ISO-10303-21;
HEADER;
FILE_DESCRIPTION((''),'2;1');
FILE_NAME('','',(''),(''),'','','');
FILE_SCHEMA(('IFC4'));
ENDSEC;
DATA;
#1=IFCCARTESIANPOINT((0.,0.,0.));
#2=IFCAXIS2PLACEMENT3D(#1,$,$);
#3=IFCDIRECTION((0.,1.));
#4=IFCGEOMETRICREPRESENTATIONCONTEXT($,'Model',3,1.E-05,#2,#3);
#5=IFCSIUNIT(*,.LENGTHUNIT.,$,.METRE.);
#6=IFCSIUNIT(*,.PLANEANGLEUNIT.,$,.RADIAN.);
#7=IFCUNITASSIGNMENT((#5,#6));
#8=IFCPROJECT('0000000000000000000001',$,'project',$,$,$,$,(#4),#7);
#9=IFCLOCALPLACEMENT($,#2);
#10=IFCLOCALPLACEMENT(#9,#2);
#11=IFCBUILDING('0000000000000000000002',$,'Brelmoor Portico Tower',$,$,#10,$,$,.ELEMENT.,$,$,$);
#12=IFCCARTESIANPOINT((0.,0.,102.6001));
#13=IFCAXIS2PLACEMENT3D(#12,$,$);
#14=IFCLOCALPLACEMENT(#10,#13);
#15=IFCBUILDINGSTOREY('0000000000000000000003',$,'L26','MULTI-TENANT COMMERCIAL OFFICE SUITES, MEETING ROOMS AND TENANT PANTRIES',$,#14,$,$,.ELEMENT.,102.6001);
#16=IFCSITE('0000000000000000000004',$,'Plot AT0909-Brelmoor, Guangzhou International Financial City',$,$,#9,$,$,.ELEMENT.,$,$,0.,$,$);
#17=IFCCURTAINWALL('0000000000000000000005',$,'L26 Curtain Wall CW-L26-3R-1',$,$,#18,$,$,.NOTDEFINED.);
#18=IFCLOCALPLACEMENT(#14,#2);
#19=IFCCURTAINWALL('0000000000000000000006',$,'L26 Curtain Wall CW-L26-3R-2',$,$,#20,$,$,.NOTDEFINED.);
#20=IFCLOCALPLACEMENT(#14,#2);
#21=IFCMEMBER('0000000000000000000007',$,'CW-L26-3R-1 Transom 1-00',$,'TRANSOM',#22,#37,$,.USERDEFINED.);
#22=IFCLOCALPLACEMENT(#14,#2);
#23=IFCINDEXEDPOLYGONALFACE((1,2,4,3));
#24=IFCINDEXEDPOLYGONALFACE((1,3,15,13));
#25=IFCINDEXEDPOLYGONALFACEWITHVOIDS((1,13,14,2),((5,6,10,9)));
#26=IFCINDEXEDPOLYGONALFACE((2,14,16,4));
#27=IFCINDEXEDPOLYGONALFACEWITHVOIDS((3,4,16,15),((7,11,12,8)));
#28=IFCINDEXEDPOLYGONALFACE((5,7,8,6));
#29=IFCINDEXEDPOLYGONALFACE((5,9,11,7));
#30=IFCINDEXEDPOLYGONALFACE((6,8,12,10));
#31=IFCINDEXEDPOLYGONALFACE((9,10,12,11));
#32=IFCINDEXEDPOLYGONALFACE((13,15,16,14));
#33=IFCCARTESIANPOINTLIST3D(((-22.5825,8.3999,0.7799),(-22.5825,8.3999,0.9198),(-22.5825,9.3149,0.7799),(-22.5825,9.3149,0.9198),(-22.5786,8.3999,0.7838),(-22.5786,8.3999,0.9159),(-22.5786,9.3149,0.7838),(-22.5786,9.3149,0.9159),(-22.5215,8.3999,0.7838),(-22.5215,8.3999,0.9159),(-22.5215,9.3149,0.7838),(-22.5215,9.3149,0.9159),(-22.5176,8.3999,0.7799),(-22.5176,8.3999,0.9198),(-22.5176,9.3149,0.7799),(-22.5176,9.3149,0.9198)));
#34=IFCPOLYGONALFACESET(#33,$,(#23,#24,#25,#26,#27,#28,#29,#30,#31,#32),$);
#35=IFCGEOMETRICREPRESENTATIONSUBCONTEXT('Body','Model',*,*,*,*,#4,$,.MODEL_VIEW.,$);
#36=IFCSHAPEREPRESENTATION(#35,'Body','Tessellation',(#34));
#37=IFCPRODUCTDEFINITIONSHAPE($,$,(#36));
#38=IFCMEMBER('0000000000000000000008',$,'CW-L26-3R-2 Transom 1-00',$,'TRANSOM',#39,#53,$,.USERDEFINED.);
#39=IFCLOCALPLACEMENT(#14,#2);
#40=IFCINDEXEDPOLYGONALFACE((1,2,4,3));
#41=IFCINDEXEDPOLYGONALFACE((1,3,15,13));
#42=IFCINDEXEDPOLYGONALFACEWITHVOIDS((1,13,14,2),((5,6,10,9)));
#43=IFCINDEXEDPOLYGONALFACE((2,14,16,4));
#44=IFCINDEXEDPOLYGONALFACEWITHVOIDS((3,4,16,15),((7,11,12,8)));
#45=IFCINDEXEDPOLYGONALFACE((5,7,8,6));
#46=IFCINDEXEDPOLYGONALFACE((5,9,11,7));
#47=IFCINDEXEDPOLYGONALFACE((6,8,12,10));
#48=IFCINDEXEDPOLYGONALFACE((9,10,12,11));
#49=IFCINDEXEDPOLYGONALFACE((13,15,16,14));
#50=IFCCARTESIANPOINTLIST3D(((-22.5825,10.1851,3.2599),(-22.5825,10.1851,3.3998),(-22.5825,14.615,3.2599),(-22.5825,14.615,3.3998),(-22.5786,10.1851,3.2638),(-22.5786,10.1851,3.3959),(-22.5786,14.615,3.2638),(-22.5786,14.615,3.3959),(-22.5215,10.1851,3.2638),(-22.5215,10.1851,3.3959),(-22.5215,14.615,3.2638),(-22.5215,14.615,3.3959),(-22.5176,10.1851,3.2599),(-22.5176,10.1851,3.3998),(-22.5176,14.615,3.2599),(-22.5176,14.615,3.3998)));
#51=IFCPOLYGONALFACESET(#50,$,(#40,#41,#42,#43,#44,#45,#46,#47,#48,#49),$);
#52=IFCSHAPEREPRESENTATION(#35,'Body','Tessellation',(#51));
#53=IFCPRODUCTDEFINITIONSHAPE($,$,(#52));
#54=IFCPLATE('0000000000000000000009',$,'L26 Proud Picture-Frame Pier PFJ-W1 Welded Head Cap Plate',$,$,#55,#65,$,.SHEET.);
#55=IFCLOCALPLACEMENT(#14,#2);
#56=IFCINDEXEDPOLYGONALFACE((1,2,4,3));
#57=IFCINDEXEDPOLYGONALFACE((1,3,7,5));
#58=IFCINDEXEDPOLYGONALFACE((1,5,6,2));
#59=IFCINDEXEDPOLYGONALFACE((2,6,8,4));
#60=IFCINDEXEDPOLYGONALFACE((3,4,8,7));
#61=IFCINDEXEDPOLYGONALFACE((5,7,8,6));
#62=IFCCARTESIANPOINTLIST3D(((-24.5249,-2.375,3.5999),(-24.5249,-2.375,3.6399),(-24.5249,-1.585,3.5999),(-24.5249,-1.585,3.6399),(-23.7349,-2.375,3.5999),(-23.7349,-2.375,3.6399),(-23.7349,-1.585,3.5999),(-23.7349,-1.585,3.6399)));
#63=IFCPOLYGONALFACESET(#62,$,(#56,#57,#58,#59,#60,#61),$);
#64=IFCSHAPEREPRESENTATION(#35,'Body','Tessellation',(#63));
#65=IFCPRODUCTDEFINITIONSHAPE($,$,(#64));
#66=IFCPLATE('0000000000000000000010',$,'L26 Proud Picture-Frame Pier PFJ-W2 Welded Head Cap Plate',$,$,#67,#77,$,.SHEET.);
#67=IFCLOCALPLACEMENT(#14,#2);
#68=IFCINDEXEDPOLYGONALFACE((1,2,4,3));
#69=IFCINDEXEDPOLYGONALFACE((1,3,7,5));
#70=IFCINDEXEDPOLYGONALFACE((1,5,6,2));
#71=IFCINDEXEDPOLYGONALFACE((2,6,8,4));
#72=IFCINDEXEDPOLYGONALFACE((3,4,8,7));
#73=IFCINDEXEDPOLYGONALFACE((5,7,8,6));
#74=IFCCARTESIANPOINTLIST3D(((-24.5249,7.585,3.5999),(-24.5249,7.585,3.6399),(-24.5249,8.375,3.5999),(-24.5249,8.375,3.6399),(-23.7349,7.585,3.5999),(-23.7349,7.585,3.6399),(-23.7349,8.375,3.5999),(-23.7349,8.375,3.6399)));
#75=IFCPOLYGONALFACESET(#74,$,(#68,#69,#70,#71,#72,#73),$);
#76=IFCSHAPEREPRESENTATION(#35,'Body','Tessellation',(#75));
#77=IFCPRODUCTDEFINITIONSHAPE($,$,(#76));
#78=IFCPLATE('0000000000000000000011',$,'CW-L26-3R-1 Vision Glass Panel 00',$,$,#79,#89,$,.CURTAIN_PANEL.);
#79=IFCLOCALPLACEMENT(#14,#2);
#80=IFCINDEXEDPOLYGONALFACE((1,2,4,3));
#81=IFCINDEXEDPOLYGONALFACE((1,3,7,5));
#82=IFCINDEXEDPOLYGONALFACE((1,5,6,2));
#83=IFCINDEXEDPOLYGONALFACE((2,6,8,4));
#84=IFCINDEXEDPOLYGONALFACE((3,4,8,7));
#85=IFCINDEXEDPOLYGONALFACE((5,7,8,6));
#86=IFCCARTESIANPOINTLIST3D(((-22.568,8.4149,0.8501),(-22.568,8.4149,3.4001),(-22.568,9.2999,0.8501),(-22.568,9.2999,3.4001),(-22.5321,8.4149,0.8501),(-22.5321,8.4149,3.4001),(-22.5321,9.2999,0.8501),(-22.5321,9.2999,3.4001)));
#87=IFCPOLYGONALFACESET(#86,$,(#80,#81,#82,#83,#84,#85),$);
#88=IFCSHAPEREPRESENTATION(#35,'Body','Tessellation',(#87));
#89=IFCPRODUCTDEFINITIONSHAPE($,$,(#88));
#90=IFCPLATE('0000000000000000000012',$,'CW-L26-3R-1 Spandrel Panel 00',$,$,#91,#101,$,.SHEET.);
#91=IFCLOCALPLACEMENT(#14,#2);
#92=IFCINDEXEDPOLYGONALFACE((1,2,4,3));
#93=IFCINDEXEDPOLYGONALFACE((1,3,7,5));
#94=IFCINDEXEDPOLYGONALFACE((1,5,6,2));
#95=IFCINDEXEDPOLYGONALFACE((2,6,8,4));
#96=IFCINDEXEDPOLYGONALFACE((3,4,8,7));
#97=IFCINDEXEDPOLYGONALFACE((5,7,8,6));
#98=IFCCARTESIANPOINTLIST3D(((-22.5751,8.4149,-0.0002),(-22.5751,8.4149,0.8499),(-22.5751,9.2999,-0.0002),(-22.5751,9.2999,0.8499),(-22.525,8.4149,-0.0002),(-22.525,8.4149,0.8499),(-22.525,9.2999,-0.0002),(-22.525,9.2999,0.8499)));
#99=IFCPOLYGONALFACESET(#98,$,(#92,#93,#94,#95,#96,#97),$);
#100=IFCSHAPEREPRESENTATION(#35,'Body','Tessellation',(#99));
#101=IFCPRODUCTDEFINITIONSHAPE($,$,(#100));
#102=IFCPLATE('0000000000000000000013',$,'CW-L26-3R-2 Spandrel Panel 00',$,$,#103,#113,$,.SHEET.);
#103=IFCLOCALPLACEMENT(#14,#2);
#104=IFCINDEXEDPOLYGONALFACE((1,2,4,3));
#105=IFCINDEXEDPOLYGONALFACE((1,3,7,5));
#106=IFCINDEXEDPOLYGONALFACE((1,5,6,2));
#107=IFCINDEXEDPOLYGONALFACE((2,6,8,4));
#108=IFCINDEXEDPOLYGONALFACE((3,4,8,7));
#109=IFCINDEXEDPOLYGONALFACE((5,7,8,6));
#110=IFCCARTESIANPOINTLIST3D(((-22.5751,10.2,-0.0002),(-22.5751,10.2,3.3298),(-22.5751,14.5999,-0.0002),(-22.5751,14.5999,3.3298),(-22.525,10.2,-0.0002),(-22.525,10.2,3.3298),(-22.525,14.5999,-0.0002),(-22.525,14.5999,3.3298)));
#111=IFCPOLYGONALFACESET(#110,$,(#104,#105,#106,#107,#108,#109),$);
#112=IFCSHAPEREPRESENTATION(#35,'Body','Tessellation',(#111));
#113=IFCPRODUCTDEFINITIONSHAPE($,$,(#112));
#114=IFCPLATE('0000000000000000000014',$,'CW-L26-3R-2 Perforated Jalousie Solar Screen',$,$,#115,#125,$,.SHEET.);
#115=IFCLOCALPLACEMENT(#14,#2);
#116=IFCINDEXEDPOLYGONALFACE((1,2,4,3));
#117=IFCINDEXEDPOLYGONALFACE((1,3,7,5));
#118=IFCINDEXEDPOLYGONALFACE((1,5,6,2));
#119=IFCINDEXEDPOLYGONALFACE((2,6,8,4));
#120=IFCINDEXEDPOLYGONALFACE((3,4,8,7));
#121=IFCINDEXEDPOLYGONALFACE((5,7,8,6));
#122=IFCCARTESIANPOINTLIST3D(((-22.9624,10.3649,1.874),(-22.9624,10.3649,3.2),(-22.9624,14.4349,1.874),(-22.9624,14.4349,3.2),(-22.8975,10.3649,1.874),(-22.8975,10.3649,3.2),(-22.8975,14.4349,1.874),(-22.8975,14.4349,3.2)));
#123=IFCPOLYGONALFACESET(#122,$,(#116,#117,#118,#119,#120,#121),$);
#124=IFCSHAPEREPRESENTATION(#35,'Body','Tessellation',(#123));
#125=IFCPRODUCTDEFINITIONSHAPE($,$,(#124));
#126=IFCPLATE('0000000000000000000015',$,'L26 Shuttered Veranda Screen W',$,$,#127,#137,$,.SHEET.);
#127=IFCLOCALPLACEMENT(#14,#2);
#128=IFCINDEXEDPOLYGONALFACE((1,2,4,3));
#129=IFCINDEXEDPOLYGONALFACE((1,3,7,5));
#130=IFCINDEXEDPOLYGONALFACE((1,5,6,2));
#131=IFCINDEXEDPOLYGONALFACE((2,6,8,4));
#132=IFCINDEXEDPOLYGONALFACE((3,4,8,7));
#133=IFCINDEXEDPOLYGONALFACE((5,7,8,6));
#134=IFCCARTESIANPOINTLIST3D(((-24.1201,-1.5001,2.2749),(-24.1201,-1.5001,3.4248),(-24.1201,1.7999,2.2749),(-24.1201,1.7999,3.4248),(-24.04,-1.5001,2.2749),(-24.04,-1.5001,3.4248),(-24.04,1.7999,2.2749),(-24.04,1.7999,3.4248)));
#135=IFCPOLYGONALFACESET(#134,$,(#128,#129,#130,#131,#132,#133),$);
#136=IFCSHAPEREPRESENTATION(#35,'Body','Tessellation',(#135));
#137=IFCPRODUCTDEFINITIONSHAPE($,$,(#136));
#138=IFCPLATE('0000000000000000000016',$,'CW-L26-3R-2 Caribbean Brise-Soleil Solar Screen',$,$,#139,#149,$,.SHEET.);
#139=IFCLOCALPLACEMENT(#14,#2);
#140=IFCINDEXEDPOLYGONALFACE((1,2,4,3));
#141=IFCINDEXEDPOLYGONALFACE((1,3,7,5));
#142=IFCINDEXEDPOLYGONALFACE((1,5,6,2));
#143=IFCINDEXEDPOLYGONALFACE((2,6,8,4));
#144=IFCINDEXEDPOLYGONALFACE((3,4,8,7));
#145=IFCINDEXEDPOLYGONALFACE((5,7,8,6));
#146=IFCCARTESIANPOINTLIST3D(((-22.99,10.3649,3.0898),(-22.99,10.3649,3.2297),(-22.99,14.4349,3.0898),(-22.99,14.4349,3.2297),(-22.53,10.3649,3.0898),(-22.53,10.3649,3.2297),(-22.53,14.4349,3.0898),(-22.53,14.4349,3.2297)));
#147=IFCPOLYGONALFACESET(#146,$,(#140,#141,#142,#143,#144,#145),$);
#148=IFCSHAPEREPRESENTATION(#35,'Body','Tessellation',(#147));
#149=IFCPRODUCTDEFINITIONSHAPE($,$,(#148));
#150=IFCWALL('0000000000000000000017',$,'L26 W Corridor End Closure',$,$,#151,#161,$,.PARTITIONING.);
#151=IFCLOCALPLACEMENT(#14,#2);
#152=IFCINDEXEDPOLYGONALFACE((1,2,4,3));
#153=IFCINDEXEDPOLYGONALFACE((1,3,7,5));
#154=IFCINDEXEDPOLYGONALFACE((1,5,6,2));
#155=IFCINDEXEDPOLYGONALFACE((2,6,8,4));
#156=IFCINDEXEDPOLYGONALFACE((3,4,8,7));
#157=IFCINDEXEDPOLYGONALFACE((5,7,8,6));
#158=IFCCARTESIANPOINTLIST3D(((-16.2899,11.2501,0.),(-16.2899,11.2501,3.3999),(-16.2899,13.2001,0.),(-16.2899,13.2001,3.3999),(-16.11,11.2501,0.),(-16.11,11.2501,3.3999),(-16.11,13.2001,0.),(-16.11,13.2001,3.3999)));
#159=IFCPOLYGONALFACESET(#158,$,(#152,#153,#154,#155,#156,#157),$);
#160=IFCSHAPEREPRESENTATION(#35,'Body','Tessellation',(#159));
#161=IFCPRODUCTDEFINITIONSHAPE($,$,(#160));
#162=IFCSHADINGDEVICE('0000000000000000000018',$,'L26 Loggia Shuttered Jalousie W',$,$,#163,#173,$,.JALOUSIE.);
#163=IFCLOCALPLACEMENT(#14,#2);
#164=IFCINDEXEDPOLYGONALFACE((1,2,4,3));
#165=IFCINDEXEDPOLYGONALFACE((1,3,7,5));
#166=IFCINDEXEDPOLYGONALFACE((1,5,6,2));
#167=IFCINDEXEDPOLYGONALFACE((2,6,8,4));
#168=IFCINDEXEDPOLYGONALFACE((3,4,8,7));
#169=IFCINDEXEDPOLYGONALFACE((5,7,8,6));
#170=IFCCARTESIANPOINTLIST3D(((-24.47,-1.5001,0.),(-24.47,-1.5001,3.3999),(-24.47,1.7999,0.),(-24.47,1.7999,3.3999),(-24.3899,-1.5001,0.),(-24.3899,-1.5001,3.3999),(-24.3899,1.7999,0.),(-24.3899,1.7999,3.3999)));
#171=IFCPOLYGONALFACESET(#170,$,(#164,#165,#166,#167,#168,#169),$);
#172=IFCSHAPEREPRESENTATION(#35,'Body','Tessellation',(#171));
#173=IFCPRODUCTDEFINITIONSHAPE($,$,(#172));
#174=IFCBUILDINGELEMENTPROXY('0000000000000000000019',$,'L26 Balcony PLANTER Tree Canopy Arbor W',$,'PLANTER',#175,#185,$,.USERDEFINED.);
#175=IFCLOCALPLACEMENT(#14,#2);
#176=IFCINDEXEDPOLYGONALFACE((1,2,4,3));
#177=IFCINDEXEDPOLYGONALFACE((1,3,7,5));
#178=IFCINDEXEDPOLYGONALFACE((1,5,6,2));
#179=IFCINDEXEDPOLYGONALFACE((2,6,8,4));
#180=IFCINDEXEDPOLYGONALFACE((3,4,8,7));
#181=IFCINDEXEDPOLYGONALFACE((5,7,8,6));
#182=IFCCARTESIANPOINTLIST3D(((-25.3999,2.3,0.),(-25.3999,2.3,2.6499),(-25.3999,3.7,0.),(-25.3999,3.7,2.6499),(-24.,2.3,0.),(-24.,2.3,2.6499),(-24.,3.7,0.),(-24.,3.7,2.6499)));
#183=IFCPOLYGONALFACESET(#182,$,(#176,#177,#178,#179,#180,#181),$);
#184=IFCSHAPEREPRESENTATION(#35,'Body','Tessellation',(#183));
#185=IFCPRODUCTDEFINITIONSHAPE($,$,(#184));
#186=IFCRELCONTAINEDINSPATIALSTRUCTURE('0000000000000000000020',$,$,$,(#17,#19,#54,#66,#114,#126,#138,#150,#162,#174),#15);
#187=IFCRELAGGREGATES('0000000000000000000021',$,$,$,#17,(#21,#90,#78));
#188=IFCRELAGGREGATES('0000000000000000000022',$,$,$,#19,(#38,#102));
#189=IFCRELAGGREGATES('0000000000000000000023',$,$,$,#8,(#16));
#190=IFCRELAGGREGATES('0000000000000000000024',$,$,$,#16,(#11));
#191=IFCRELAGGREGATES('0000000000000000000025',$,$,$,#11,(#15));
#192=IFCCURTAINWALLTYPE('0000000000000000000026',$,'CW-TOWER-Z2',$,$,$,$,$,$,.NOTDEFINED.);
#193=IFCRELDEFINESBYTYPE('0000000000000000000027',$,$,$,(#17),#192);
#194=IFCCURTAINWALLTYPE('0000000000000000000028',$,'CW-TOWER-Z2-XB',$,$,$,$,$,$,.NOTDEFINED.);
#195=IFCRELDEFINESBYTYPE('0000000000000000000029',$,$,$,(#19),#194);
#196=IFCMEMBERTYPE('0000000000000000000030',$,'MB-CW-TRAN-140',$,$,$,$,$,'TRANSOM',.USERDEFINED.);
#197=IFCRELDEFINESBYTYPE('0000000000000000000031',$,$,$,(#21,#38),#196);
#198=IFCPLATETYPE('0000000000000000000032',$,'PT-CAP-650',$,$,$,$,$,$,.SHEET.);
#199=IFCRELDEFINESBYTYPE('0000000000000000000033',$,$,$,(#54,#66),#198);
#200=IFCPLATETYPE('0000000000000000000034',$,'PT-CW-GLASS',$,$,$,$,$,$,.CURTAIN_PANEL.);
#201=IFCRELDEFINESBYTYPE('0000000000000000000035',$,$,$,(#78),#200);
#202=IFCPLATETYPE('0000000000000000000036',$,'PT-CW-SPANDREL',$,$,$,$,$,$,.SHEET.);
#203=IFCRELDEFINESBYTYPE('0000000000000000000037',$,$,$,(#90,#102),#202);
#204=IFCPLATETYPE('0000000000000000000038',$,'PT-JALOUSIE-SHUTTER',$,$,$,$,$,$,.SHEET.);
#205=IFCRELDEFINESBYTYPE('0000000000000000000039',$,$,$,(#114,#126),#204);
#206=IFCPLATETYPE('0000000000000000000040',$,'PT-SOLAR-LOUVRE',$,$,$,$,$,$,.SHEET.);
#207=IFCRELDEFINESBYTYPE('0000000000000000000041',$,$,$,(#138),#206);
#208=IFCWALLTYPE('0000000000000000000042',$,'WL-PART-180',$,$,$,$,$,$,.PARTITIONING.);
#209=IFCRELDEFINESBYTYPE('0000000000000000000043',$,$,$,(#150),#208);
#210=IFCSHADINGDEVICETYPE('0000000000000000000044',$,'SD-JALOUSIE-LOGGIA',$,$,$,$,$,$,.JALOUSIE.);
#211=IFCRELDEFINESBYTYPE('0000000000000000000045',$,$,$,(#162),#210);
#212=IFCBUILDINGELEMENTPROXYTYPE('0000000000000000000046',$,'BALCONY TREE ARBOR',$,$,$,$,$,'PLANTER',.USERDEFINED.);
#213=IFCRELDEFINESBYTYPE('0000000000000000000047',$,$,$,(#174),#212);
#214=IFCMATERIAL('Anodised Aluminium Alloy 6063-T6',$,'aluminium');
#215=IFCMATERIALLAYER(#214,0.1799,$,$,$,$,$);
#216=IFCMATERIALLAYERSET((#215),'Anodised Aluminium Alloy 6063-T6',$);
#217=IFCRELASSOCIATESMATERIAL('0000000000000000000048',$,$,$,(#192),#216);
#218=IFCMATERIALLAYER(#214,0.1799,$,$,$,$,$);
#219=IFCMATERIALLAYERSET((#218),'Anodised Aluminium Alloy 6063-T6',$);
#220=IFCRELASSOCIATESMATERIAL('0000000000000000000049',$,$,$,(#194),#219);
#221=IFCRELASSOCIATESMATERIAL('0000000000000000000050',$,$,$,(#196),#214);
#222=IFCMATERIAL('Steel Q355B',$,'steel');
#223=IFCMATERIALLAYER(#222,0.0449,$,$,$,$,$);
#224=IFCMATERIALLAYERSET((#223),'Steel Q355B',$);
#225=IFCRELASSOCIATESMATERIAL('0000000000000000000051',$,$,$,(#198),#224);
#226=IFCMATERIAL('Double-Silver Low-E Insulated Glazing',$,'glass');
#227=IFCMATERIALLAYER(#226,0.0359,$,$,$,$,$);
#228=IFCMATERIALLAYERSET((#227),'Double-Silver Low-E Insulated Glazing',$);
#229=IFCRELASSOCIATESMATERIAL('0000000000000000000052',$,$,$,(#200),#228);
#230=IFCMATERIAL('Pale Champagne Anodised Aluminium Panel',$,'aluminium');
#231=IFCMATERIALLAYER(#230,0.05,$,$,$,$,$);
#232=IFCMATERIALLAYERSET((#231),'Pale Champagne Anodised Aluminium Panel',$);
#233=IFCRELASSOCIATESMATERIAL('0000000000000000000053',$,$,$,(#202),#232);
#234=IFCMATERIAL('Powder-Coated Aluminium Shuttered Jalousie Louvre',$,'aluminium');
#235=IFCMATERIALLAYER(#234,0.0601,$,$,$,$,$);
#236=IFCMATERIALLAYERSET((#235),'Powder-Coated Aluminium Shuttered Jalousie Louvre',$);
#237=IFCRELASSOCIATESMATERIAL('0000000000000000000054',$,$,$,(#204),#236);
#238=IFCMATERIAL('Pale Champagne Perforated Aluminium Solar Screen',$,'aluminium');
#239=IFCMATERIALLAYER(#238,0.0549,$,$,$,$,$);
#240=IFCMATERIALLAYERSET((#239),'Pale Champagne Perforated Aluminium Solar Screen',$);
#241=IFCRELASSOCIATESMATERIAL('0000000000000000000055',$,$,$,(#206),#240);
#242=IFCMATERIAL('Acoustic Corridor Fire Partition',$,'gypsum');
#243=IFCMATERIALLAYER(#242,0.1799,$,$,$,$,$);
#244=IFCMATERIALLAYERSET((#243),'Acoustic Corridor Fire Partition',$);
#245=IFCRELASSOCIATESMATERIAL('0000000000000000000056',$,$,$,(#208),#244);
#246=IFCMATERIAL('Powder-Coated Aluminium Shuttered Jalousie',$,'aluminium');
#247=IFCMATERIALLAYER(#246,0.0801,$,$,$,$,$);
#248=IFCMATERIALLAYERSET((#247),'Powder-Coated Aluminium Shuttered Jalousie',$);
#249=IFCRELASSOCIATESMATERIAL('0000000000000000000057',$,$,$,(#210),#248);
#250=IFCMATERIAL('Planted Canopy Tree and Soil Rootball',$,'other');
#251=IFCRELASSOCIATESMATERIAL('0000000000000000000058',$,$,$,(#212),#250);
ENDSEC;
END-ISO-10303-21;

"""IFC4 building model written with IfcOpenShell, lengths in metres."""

from ifc_helpers import new_model, si_unit, direction, frame, frame_2d, origin, origin_2d, place, context, subcontext, project, spatial, rectangle, hollow_rectangle, extrude, material, layer, layer_set, material_profile, profile_set, type_object, element, aggregate, save


model = new_model("IFC4")

# Units and contexts
model_context = context("Model", 3, precision=1e-05, world=origin(), true_north=direction((0.0, 1.0)))
body_context = subcontext(model_context, "Body", "Model", "MODEL_VIEW")
ifc_project = project(units=[si_unit("LENGTHUNIT", "METRE"), si_unit("PLANEANGLEUNIT", "RADIAN")], contexts=[model_context])

# Site, building, storey
site_placement = place(None, origin())
site = spatial("IfcSite", under=ifc_project, at=site_placement, Name="Plot AT0909-Brelmoor, Guangzhou International Financial City", CompositionType="ELEMENT", RefElevation=0.0)
building_placement = place(site_placement, origin())
building = spatial("IfcBuilding", under=site, at=building_placement, Name="Brelmoor Portico Tower", CompositionType="ELEMENT")
storey_placement = place(building_placement, frame((0.0, 0.0, 102.6001)))
storey = spatial("IfcBuildingStorey", under=building, at=storey_placement, Name="L26", Description="MULTI-TENANT COMMERCIAL OFFICE SUITES, MEETING ROOMS AND TENANT PANTRIES", CompositionType="ELEMENT", Elevation=102.6001)

# Shared definitions
ifc_material_1 = material(Name="Steel Q355B", Category="steel")

# Curtain wall
ifc_material_2 = material(Name="Anodised Aluminium Alloy 6063-T6", Category="aluminium")
ifc_layer_1 = layer(ifc_material_2, 0.1799)
ifc_layer_set_1 = layer_set([ifc_layer_1], Name="Anodised Aluminium Alloy 6063-T6")
curtain_wall_type_1 = type_object("IfcCurtainWallType", Name="CW-TOWER-Z2", PredefinedType="NOTDEFINED", material=ifc_layer_set_1)
curtain_wall_1_placement = place(storey_placement, origin())
curtain_wall_1 = element("IfcCurtainWall", 1, at=curtain_wall_1_placement, inside=storey, type_object=curtain_wall_type_1, Name="L26 Curtain Wall CW-L26-3R-1", PredefinedType="NOTDEFINED")

# Curtain wall
ifc_layer_2 = layer(ifc_material_2, 0.1799)
ifc_layer_set_2 = layer_set([ifc_layer_2], Name="Anodised Aluminium Alloy 6063-T6")
curtain_wall_type_2 = type_object("IfcCurtainWallType", Name="CW-TOWER-Z2-XB", PredefinedType="NOTDEFINED", material=ifc_layer_set_2)
curtain_wall_2_placement = place(storey_placement, origin())
curtain_wall_2 = element("IfcCurtainWall", 2, at=curtain_wall_2_placement, inside=storey, type_object=curtain_wall_type_2, Name="L26 Curtain Wall CW-L26-3R-2", PredefinedType="NOTDEFINED")

# Members
ifc_material_profile_1 = material_profile(ifc_material_2, hollow_rectangle(XDim=0.0649, YDim=0.1399, WallThickness=0.0039, at=origin_2d()), Name="ALU TRANSOM 65x140")
ifc_profile_set_1 = profile_set([ifc_material_profile_1], Name="Anodised Aluminium Alloy 6063-T6")
member_type_1 = type_object("IfcMemberType", Name="MB-CW-TRAN-140", ElementType="TRANSOM", PredefinedType="USERDEFINED", material=ifc_profile_set_1)
member_1_placement = place(storey_placement, frame((-22.55, 8.3999, 0.8499), z_axis=(0.0, 1.0, 0.0), x_axis=(-1.0, 0.0, 0.0)))
member_1 = element("IfcMember", 3, at=member_1_placement, type_object=member_type_1, Name="CW-L26-3R-1 Transom 1-00", ObjectType="TRANSOM", PredefinedType="USERDEFINED", context=body_context, shape_type="SweptSolid", body=[
    extrude(hollow_rectangle(XDim=0.0649, YDim=0.1399, WallThickness=0.0039, at=origin_2d()), origin(), (0.0, 0.0, 1.0), 0.915),
])
member_2_placement = place(storey_placement, frame((-22.55, 10.1851, 3.3298), z_axis=(0.0, 1.0, 0.0), x_axis=(-1.0, 0.0, 0.0)))
member_2 = element("IfcMember", 4, at=member_2_placement, type_object=member_type_1, Name="CW-L26-3R-2 Transom 1-00", ObjectType="TRANSOM", PredefinedType="USERDEFINED", context=body_context, shape_type="SweptSolid", body=[
    extrude(hollow_rectangle(XDim=0.0649, YDim=0.1399, WallThickness=0.0039, at=origin_2d()), origin(), (0.0, 0.0, 1.0), 4.4299),
])

# Plates
ifc_layer_3 = layer(ifc_material_1, 0.0449)
ifc_layer_set_3 = layer_set([ifc_layer_3], Name="Steel Q355B")
plate_type_1 = type_object("IfcPlateType", Name="PT-CAP-650", PredefinedType="SHEET", material=ifc_layer_set_3)
for number, where, z_axis, x_axis, name in (
    (5, (-24.1299, -1.98, 3.5999), (0.0, 0.0, 1.0), (0.0, 1.0, 0.0), "L26 Proud Picture-Frame Pier PFJ-W1 Welded Head Cap Plate"),
    (6, (-24.1299, 7.98, 3.5999), (0.0, 0.0, 1.0), (0.0, 1.0, 0.0), "L26 Proud Picture-Frame Pier PFJ-W2 Welded Head Cap Plate"),
):
    element("IfcPlate", number, at=place(storey_placement, frame(where, z_axis=z_axis, x_axis=x_axis)), inside=storey, type_object=plate_type_1, Name=name, PredefinedType="SHEET", context=body_context, shape_type="SweptSolid", body=[
        extrude(rectangle(XDim=0.79, YDim=0.79, at=origin_2d()), origin(), (0.0, 0.0, 1.0), 0.04),
    ])

# Plates
ifc_material_3 = material(Name="Double-Silver Low-E Insulated Glazing", Category="glass")
ifc_layer_4 = layer(ifc_material_3, 0.0359)
ifc_layer_set_4 = layer_set([ifc_layer_4], Name="Double-Silver Low-E Insulated Glazing")
plate_type_2 = type_object("IfcPlateType", Name="PT-CW-GLASS", PredefinedType="CURTAIN_PANEL", material=ifc_layer_set_4)
plate_1_placement = place(storey_placement, frame((-22.55, 8.8574, 0.8501), z_axis=(0.0, 0.0, 1.0), x_axis=(0.0, 1.0, 0.0)))
plate_1 = element("IfcPlate", 7, at=plate_1_placement, type_object=plate_type_2, Name="CW-L26-3R-1 Vision Glass Panel 00", PredefinedType="CURTAIN_PANEL", context=body_context, shape_type="SweptSolid", body=[
    extrude(rectangle(XDim=0.885, YDim=0.0359, at=origin_2d()), origin(), (0.0, 0.0, 1.0), 2.55),
])
ifc_material_4 = material(Name="Pale Champagne Anodised Aluminium Panel", Category="aluminium")
ifc_layer_5 = layer(ifc_material_4, 0.05)
ifc_layer_set_5 = layer_set([ifc_layer_5], Name="Pale Champagne Anodised Aluminium Panel")
plate_type_3 = type_object("IfcPlateType", Name="PT-CW-SPANDREL", PredefinedType="SHEET", material=ifc_layer_set_5)
plate_2_placement = place(storey_placement, frame((-22.55, 8.8574, -0.0002), z_axis=(0.0, 0.0, 1.0), x_axis=(0.0, 1.0, 0.0)))
plate_2 = element("IfcPlate", 8, at=plate_2_placement, type_object=plate_type_3, Name="CW-L26-3R-1 Spandrel Panel 00", PredefinedType="SHEET", context=body_context, shape_type="SweptSolid", body=[
    extrude(rectangle(XDim=0.885, YDim=0.05, at=origin_2d()), origin(), (0.0, 0.0, 1.0), 0.8501),
])
aggregate(curtain_wall_1, [member_1, plate_2, plate_1])
plate_3_placement = place(storey_placement, frame((-22.55, 12.3999, -0.0002), z_axis=(0.0, 0.0, 1.0), x_axis=(0.0, 1.0, 0.0)))
plate_3 = element("IfcPlate", 9, at=plate_3_placement, type_object=plate_type_3, Name="CW-L26-3R-2 Spandrel Panel 00", PredefinedType="SHEET", context=body_context, shape_type="SweptSolid", body=[
    extrude(rectangle(XDim=4.3999, YDim=0.05, at=origin_2d()), origin(), (0.0, 0.0, 1.0), 3.3301),
])
aggregate(curtain_wall_2, [member_2, plate_3])

# Plates
ifc_material_5 = material(Name="Powder-Coated Aluminium Shuttered Jalousie Louvre", Category="aluminium")
ifc_layer_6 = layer(ifc_material_5, 0.0601)
ifc_layer_set_6 = layer_set([ifc_layer_6], Name="Powder-Coated Aluminium Shuttered Jalousie Louvre")
plate_type_4 = type_object("IfcPlateType", Name="PT-JALOUSIE-SHUTTER", PredefinedType="SHEET", material=ifc_layer_set_6)
plate_4_placement = place(storey_placement, frame((-22.9299, 12.3999, 1.874), z_axis=(0.0, 0.0, 1.0), x_axis=(0.0, 1.0, 0.0)))
element("IfcPlate", 10, at=plate_4_placement, inside=storey, type_object=plate_type_4, Name="CW-L26-3R-2 Perforated Jalousie Solar Screen", PredefinedType="SHEET", context=body_context, shape_type="SweptSolid", body=[
    extrude(rectangle(XDim=4.0701, YDim=0.0649, at=origin_2d()), origin(), (0.0, 0.0, 1.0), 1.3259),
])
plate_5_placement = place(storey_placement, frame((-24.0801, 0.1499, 2.2749), z_axis=(0.0, 0.0, 1.0), x_axis=(0.0, 1.0, 0.0)))
element("IfcPlate", 11, at=plate_5_placement, inside=storey, type_object=plate_type_4, Name="L26 Shuttered Veranda Screen W", PredefinedType="SHEET", context=body_context, shape_type="SweptSolid", body=[
    extrude(rectangle(XDim=3.3, YDim=0.0801, at=origin_2d()), origin(), (0.0, 0.0, 1.0), 1.1499),
])
ifc_material_6 = material(Name="Pale Champagne Perforated Aluminium Solar Screen", Category="aluminium")
ifc_layer_7 = layer(ifc_material_6, 0.0549)
ifc_layer_set_7 = layer_set([ifc_layer_7], Name="Pale Champagne Perforated Aluminium Solar Screen")
plate_type_5 = type_object("IfcPlateType", Name="PT-SOLAR-LOUVRE", PredefinedType="SHEET", material=ifc_layer_set_7)
plate_6_placement = place(storey_placement, frame((-22.76, 12.3999, 3.0898), z_axis=(0.0, 0.0, 1.0), x_axis=(0.0, 1.0, 0.0)))
element("IfcPlate", 12, at=plate_6_placement, inside=storey, type_object=plate_type_5, Name="CW-L26-3R-2 Caribbean Brise-Soleil Solar Screen", PredefinedType="SHEET", context=body_context, shape_type="SweptSolid", body=[
    extrude(rectangle(XDim=4.0701, YDim=0.46, at=origin_2d()), origin(), (0.0, 0.0, 1.0), 0.1399),
])

# Shared definitions
ifc_material_7 = material(Name="Acoustic Corridor Fire Partition", Category="gypsum")
ifc_layer_8 = layer(ifc_material_7, 0.1799)
ifc_layer_set_8 = layer_set([ifc_layer_8], Name="Acoustic Corridor Fire Partition")
wall_type = type_object("IfcWallType", Name="WL-PART-180", PredefinedType="PARTITIONING", material=ifc_layer_set_8)

# Wall
wall_1_placement = place(storey_placement, frame((-16.2, 11.25, 0.0), z_axis=(0.0, 0.0, 1.0), x_axis=(0.0, 1.0, 0.0)))
element("IfcWall", 13, at=wall_1_placement, inside=storey, type_object=wall_type, Name="L26 W Corridor End Closure", PredefinedType="PARTITIONING", context=body_context, shape_type="SweptSolid", body=[
    extrude(rectangle(XDim=1.95, YDim=0.1799, at=frame_2d((0.9751, 0.0))), origin(), (0.0, 0.0, 1.0), 3.3999),
])

# Shading device
ifc_material_8 = material(Name="Powder-Coated Aluminium Shuttered Jalousie", Category="aluminium")
ifc_layer_9 = layer(ifc_material_8, 0.0801)
ifc_layer_set_9 = layer_set([ifc_layer_9], Name="Powder-Coated Aluminium Shuttered Jalousie")
shading_device_type = type_object("IfcShadingDeviceType", Name="SD-JALOUSIE-LOGGIA", PredefinedType="JALOUSIE", material=ifc_layer_set_9)
shading_device_placement = place(storey_placement, frame((-24.4299, 0.1499, 0.0), z_axis=(0.0, 0.0, 1.0), x_axis=(0.0, 1.0, 0.0)))
element("IfcShadingDevice", 14, at=shading_device_placement, inside=storey, type_object=shading_device_type, Name="L26 Loggia Shuttered Jalousie W", PredefinedType="JALOUSIE", context=body_context, shape_type="SweptSolid", body=[
    extrude(rectangle(XDim=3.3, YDim=0.0801, at=origin_2d()), origin(), (0.0, 0.0, 1.0), 3.3999),
])

# Building element proxy
ifc_material_9 = material(Name="Planted Canopy Tree and Soil Rootball", Category="other")
building_element_proxy_type_1 = type_object("IfcBuildingElementProxyType", Name="BALCONY TREE ARBOR", ElementType="PLANTER", PredefinedType="USERDEFINED", material=ifc_material_9)
proxy_1_placement = place(storey_placement, frame((-24.7, 3.0, 0.0), z_axis=(0.0, 0.0, 1.0), x_axis=(1.0, 0.0, 0.0)))
element("IfcBuildingElementProxy", 15, at=proxy_1_placement, inside=storey, type_object=building_element_proxy_type_1, Name="L26 Balcony PLANTER Tree Canopy Arbor W", ObjectType="PLANTER", PredefinedType="USERDEFINED", context=body_context, shape_type="SweptSolid", body=[
    extrude(rectangle(XDim=1.3999, YDim=1.3999, at=origin_2d()), origin(), (0.0, 0.0, 1.0), 2.6499),
])

save(model, "model.ifc")
